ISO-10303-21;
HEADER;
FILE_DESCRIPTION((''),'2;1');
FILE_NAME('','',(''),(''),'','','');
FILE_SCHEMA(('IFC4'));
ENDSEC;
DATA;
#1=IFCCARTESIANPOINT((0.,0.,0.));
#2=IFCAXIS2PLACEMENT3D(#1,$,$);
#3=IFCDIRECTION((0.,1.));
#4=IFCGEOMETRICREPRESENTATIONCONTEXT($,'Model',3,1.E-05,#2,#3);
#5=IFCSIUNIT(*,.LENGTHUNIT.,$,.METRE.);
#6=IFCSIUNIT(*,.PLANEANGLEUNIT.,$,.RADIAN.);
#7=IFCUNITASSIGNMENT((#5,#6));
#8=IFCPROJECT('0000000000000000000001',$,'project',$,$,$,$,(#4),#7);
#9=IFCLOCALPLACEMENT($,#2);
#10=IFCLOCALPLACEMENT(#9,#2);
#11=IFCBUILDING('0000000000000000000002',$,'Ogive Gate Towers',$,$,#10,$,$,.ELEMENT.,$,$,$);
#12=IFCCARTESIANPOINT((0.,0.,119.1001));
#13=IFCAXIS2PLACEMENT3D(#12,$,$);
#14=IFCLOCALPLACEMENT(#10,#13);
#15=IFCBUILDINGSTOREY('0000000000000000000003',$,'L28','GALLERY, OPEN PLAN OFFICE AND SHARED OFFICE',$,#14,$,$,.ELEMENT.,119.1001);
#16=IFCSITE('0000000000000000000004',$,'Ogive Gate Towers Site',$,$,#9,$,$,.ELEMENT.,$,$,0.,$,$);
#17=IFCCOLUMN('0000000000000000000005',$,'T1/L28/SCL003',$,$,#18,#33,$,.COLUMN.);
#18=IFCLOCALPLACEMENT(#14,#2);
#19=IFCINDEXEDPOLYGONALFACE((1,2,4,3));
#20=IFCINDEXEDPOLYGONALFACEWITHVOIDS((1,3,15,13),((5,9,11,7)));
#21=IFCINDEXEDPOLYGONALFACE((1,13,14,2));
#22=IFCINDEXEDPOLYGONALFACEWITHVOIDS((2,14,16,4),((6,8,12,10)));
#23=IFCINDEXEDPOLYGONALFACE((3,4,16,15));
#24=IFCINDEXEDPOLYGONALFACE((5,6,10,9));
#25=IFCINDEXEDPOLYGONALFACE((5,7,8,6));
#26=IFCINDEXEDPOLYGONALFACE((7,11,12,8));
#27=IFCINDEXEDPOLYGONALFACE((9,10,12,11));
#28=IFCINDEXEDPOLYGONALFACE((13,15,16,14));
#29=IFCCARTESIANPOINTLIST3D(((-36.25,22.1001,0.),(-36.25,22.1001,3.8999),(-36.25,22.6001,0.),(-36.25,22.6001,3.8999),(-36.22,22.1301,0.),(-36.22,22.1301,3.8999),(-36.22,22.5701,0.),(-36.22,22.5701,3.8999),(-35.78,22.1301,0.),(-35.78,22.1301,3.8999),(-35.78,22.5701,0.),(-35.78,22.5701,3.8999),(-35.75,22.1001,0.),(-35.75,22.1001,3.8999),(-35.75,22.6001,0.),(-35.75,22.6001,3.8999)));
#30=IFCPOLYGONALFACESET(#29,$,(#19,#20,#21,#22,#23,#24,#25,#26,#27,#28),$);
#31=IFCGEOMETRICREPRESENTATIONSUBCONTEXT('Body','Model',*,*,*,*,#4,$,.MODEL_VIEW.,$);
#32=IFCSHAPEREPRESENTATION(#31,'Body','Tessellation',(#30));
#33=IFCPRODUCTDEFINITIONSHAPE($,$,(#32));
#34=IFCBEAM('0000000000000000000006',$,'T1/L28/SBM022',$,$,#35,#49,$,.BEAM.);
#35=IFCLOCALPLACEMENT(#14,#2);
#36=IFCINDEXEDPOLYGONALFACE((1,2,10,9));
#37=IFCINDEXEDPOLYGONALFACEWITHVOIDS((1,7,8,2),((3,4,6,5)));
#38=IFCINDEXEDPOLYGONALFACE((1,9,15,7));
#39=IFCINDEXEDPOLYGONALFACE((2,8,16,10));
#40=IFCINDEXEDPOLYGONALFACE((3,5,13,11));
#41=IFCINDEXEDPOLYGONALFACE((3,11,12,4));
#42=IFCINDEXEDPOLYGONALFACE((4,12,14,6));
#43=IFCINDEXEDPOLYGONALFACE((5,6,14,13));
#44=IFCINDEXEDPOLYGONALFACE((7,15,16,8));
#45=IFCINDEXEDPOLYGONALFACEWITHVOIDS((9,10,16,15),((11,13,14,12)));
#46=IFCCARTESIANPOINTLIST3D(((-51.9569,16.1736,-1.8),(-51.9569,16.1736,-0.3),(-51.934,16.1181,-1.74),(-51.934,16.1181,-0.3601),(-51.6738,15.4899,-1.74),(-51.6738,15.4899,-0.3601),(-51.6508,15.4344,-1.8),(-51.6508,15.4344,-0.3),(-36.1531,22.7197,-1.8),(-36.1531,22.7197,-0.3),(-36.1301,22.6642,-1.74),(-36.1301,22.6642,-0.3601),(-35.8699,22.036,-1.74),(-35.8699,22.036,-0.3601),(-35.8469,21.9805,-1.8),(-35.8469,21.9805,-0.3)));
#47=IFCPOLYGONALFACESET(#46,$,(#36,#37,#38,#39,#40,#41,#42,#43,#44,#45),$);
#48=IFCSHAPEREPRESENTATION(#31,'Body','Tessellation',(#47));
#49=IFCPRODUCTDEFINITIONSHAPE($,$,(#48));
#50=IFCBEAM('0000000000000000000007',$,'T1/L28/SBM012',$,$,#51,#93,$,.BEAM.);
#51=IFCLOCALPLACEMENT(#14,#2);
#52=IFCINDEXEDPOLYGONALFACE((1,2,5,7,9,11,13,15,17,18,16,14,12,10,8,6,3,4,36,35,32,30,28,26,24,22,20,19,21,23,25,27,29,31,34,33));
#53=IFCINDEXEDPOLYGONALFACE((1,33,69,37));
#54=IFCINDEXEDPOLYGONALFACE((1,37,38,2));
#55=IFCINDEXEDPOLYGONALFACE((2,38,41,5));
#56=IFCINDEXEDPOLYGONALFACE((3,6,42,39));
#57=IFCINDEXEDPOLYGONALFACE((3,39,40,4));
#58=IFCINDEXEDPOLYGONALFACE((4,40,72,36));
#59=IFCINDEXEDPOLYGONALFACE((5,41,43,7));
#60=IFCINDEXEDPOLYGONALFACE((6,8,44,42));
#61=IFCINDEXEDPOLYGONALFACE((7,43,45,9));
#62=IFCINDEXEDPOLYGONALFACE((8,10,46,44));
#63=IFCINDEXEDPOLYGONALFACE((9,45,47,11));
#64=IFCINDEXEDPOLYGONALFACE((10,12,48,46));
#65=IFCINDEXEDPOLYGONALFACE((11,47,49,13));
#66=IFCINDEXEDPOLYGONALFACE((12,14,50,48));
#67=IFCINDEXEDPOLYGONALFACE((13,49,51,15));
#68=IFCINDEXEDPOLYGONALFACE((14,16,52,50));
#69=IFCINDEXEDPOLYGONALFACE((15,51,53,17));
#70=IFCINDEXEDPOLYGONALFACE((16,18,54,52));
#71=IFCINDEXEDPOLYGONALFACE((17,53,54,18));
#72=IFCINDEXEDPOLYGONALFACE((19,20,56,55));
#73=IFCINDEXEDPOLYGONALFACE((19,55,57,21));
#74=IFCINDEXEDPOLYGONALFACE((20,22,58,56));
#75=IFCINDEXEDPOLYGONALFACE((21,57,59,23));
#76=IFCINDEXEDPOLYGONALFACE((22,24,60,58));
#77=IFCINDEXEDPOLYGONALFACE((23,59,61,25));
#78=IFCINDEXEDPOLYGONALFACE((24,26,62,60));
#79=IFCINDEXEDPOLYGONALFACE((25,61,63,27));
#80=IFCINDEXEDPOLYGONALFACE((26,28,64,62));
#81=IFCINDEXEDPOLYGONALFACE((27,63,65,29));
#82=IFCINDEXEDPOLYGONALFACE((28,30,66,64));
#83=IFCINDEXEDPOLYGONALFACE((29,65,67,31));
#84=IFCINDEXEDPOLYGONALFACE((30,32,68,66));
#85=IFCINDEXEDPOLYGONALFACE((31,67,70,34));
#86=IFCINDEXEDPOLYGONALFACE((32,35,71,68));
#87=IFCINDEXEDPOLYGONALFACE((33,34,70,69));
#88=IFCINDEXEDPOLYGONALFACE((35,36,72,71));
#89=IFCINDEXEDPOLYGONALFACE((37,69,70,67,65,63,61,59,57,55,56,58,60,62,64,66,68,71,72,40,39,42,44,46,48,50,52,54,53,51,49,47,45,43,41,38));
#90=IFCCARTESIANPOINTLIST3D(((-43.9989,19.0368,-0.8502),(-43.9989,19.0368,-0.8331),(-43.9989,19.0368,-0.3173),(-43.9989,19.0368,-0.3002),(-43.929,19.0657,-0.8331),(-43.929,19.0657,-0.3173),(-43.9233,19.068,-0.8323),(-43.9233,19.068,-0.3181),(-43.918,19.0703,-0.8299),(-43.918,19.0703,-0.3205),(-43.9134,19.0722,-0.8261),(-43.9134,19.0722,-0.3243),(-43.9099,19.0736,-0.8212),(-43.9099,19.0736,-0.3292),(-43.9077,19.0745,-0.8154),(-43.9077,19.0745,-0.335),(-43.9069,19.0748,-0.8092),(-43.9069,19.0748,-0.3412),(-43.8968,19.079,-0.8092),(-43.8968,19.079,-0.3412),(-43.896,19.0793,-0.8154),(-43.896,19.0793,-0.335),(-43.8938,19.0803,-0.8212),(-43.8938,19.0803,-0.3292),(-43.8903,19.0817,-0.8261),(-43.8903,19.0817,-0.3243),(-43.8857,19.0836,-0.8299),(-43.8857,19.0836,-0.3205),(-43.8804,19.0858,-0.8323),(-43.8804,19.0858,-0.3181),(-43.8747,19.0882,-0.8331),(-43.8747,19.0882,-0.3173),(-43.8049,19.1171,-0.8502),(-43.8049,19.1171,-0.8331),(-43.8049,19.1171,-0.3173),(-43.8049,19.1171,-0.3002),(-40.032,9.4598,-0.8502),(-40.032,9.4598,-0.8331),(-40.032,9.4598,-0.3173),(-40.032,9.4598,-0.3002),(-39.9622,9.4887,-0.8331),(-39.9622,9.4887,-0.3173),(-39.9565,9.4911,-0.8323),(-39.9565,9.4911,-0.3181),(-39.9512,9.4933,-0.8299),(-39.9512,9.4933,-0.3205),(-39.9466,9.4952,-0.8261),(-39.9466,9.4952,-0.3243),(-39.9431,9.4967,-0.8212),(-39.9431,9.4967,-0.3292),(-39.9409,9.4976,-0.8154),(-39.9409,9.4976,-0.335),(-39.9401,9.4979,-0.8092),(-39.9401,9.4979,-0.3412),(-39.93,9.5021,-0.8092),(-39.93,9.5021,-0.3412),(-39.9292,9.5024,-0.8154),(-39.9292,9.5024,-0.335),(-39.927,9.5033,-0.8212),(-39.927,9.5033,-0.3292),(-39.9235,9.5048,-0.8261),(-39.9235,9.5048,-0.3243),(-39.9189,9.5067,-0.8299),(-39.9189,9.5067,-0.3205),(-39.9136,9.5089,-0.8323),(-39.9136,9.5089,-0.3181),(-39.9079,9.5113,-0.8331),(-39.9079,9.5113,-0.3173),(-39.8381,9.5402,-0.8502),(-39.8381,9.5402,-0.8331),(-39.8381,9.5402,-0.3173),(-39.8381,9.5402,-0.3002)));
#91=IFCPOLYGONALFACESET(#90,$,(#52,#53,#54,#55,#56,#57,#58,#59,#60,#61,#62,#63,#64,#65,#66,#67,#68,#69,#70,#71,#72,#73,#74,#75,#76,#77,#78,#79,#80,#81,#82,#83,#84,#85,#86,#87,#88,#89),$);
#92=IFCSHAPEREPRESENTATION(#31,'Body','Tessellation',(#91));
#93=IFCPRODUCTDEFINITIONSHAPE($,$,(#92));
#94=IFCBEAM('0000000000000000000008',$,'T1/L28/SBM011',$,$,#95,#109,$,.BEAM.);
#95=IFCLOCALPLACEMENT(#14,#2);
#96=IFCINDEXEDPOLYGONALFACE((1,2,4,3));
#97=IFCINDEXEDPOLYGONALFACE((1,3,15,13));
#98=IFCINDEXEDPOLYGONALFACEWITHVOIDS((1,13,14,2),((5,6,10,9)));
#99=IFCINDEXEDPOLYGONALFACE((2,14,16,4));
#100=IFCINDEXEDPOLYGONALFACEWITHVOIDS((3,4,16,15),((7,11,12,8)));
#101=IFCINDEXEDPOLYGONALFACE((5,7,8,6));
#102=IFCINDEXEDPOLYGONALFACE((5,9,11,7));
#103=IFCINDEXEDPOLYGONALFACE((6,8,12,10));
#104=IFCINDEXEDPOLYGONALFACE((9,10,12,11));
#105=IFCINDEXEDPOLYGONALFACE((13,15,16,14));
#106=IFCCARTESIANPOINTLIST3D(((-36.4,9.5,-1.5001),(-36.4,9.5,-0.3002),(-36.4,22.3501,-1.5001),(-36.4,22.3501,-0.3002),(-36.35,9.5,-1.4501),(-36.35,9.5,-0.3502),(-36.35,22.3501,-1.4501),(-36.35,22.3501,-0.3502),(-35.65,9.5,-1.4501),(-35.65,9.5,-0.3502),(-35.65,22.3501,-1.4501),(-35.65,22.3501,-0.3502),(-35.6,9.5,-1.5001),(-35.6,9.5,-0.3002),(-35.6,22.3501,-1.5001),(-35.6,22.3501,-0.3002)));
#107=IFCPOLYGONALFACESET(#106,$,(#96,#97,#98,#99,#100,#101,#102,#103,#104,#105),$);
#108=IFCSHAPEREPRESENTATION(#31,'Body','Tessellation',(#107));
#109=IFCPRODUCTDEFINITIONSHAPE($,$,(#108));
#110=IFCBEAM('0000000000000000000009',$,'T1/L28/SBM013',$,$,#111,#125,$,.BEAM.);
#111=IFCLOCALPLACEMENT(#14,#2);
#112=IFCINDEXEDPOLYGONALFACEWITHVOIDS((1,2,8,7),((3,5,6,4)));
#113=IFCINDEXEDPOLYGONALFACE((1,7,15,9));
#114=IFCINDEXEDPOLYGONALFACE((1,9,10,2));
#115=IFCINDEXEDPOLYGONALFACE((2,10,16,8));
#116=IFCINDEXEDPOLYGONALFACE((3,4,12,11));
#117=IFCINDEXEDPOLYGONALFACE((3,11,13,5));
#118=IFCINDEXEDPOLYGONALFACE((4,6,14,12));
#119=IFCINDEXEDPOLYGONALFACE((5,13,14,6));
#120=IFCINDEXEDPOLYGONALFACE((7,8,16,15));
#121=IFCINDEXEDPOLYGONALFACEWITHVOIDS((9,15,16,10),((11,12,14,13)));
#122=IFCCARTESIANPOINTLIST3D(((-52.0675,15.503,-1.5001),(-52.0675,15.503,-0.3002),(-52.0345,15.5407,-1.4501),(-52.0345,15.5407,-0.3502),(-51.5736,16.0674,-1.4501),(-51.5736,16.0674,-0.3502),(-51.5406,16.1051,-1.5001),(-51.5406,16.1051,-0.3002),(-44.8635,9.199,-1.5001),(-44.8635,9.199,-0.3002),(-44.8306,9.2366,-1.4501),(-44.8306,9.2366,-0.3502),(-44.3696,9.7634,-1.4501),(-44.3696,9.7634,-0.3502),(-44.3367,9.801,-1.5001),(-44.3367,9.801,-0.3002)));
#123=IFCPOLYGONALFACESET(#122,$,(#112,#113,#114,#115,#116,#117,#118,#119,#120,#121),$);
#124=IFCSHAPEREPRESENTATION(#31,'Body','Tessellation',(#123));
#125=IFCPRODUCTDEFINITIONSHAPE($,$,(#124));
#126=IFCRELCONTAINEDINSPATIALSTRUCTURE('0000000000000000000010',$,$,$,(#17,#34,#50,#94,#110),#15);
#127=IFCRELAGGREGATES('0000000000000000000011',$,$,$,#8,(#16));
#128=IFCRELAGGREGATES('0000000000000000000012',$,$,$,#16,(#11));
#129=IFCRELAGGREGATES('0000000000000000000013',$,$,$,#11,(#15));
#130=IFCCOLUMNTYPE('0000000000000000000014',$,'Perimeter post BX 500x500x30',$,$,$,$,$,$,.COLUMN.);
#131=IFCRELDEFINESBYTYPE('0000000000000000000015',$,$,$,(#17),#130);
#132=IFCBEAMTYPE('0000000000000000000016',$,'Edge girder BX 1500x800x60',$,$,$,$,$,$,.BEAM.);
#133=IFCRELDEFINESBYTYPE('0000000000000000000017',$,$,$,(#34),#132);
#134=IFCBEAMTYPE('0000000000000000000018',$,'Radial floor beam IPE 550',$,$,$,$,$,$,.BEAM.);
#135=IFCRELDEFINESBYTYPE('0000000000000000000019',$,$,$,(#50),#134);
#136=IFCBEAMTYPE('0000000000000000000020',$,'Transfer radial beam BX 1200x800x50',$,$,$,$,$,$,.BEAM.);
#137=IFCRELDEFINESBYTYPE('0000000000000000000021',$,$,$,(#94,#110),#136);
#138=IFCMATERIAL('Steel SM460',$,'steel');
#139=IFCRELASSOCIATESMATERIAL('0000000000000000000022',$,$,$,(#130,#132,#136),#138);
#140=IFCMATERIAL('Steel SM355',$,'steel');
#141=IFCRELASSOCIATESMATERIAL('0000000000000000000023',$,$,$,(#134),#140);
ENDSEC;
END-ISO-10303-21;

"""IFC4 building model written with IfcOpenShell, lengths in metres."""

from ifc_helpers import new_model, si_unit, direction, frame, origin, origin_2d, place, context, subcontext, project, spatial, hollow_rectangle, i_section, extrude, material, material_profile, profile_set, type_object, element, save


model = new_model("IFC4")

# Units and contexts
model_context = context("Model", 3, precision=1e-05, world=origin(), true_north=direction((0.0, 1.0)))
body_context = subcontext(model_context, "Body", "Model", "MODEL_VIEW")
ifc_project = project(units=[si_unit("LENGTHUNIT", "METRE"), si_unit("PLANEANGLEUNIT", "RADIAN")], contexts=[model_context])

# Site, building, storey
site_placement = place(None, origin())
site = spatial("IfcSite", under=ifc_project, at=site_placement, Name="Ogive Gate Towers Site", CompositionType="ELEMENT", RefElevation=0.0)
building_placement = place(site_placement, origin())
building = spatial("IfcBuilding", under=site, at=building_placement, Name="Ogive Gate Towers", CompositionType="ELEMENT")
storey_placement = place(building_placement, frame((0.0, 0.0, 119.1001)))
storey = spatial("IfcBuildingStorey", under=building, at=storey_placement, Name="L28", Description="GALLERY, OPEN PLAN OFFICE AND SHARED OFFICE", CompositionType="ELEMENT", Elevation=119.1001)

# Column
ifc_material_1 = material(Name="Steel SM460", Category="steel")
ifc_material_profile_1 = material_profile(ifc_material_1, hollow_rectangle(XDim=0.5, YDim=0.5, WallThickness=0.03, at=origin_2d()), Name="BX 500x500x30")
ifc_profile_set_1 = profile_set([ifc_material_profile_1], Name="Steel SM460")
column_type = type_object("IfcColumnType", Name="Perimeter post BX 500x500x30", PredefinedType="COLUMN", material=ifc_profile_set_1)
column_placement = place(storey_placement, frame((-36.0, 22.3501, 0.0), z_axis=(0.0, 0.0, 1.0), x_axis=(1.0, 0.0, 0.0)))
element("IfcColumn", 1, at=column_placement, inside=storey, type_object=column_type, Name="T1/L28/SCL003", PredefinedType="COLUMN", context=body_context, shape_type="SweptSolid", body=[
    extrude(hollow_rectangle(XDim=0.5, YDim=0.5, WallThickness=0.03, at=origin_2d()), origin(), (0.0, 0.0, 1.0), 3.8999),
])

# Beams
ifc_material_profile_2 = material_profile(ifc_material_1, hollow_rectangle(XDim=0.8, YDim=1.5, WallThickness=0.0601, at=origin_2d()), Name="BX 1500x800x60")
ifc_profile_set_2 = profile_set([ifc_material_profile_2], Name="Steel SM460")
beam_type_1 = type_object("IfcBeamType", Name="Edge girder BX 1500x800x60", PredefinedType="BEAM", material=ifc_profile_set_2)
beam_1_placement = place(storey_placement, frame((-36.0, 22.3501, -1.05), z_axis=(-0.923881, -0.38268, 0.0), x_axis=(0.38268, -0.923881, 0.0)))
element("IfcBeam", 2, at=beam_1_placement, inside=storey, type_object=beam_type_1, Name="T1/L28/SBM022", PredefinedType="BEAM", context=body_context, shape_type="SweptSolid", body=[
    extrude(hollow_rectangle(XDim=0.8, YDim=1.5, WallThickness=0.0601, at=origin_2d()), origin(), (0.0, 0.0, 1.0), 17.106),
])
ifc_material_2 = material(Name="Steel SM355", Category="steel")
ifc_material_profile_3 = material_profile(ifc_material_2, i_section(OverallWidth=0.21, OverallDepth=0.55, WebThickness=0.011, FlangeThickness=0.0171, FilletRadius=0.0239, at=origin_2d()), Name="IPE 550")
ifc_profile_set_3 = profile_set([ifc_material_profile_3], Name="Steel SM355")
beam_type_2 = type_object("IfcBeamType", Name="Radial floor beam IPE 550", PredefinedType="BEAM", material=ifc_profile_set_3)
beam_2_placement = place(storey_placement, frame((-39.9351, 9.5, -0.5752), z_axis=(-0.382676, 0.923882, 0.0), x_axis=(-0.923882, -0.382676, 0.0)))
element("IfcBeam", 3, at=beam_2_placement, inside=storey, type_object=beam_type_2, Name="T1/L28/SBM012", PredefinedType="BEAM", context=body_context, shape_type="SweptSolid", body=[
    extrude(i_section(OverallWidth=0.21, OverallDepth=0.55, WebThickness=0.011, FlangeThickness=0.0171, FilletRadius=0.0239, at=origin_2d()), origin(), (0.0, 0.0, 1.0), 10.366),
])
ifc_material_profile_4 = material_profile(ifc_material_1, hollow_rectangle(XDim=0.8, YDim=1.2, WallThickness=0.05, at=origin_2d()), Name="BX 1200x800x50")
ifc_profile_set_4 = profile_set([ifc_material_profile_4], Name="Steel SM460")
beam_type_3 = type_object("IfcBeamType", Name="Transfer radial beam BX 1200x800x50", PredefinedType="BEAM", material=ifc_profile_set_4)
beam_3_placement = place(storey_placement, frame((-36.0, 9.5, -0.9001), z_axis=(0.0, 1.0, 0.0), x_axis=(-1.0, 0.0, 0.0)))
element("IfcBeam", 4, at=beam_3_placement, inside=storey, type_object=beam_type_3, Name="T1/L28/SBM011", PredefinedType="BEAM", context=body_context, shape_type="SweptSolid", body=[
    extrude(hollow_rectangle(XDim=0.8, YDim=1.2, WallThickness=0.05, at=origin_2d()), origin(), (0.0, 0.0, 1.0), 12.8501),
])
beam_4_placement = place(storey_placement, frame((-44.6001, 9.5, -0.9001), z_axis=(-0.752547, 0.658539, 0.0), x_axis=(-0.658539, -0.752547, 0.0)))
element("IfcBeam", 5, at=beam_4_placement, inside=storey, type_object=beam_type_3, Name="T1/L28/SBM013", PredefinedType="BEAM", context=body_context, shape_type="SweptSolid", body=[
    extrude(hollow_rectangle(XDim=0.8, YDim=1.2, WallThickness=0.05, at=origin_2d()), origin(), (0.0, 0.0, 1.0), 9.5728),
])

save(model, "model.ifc")
